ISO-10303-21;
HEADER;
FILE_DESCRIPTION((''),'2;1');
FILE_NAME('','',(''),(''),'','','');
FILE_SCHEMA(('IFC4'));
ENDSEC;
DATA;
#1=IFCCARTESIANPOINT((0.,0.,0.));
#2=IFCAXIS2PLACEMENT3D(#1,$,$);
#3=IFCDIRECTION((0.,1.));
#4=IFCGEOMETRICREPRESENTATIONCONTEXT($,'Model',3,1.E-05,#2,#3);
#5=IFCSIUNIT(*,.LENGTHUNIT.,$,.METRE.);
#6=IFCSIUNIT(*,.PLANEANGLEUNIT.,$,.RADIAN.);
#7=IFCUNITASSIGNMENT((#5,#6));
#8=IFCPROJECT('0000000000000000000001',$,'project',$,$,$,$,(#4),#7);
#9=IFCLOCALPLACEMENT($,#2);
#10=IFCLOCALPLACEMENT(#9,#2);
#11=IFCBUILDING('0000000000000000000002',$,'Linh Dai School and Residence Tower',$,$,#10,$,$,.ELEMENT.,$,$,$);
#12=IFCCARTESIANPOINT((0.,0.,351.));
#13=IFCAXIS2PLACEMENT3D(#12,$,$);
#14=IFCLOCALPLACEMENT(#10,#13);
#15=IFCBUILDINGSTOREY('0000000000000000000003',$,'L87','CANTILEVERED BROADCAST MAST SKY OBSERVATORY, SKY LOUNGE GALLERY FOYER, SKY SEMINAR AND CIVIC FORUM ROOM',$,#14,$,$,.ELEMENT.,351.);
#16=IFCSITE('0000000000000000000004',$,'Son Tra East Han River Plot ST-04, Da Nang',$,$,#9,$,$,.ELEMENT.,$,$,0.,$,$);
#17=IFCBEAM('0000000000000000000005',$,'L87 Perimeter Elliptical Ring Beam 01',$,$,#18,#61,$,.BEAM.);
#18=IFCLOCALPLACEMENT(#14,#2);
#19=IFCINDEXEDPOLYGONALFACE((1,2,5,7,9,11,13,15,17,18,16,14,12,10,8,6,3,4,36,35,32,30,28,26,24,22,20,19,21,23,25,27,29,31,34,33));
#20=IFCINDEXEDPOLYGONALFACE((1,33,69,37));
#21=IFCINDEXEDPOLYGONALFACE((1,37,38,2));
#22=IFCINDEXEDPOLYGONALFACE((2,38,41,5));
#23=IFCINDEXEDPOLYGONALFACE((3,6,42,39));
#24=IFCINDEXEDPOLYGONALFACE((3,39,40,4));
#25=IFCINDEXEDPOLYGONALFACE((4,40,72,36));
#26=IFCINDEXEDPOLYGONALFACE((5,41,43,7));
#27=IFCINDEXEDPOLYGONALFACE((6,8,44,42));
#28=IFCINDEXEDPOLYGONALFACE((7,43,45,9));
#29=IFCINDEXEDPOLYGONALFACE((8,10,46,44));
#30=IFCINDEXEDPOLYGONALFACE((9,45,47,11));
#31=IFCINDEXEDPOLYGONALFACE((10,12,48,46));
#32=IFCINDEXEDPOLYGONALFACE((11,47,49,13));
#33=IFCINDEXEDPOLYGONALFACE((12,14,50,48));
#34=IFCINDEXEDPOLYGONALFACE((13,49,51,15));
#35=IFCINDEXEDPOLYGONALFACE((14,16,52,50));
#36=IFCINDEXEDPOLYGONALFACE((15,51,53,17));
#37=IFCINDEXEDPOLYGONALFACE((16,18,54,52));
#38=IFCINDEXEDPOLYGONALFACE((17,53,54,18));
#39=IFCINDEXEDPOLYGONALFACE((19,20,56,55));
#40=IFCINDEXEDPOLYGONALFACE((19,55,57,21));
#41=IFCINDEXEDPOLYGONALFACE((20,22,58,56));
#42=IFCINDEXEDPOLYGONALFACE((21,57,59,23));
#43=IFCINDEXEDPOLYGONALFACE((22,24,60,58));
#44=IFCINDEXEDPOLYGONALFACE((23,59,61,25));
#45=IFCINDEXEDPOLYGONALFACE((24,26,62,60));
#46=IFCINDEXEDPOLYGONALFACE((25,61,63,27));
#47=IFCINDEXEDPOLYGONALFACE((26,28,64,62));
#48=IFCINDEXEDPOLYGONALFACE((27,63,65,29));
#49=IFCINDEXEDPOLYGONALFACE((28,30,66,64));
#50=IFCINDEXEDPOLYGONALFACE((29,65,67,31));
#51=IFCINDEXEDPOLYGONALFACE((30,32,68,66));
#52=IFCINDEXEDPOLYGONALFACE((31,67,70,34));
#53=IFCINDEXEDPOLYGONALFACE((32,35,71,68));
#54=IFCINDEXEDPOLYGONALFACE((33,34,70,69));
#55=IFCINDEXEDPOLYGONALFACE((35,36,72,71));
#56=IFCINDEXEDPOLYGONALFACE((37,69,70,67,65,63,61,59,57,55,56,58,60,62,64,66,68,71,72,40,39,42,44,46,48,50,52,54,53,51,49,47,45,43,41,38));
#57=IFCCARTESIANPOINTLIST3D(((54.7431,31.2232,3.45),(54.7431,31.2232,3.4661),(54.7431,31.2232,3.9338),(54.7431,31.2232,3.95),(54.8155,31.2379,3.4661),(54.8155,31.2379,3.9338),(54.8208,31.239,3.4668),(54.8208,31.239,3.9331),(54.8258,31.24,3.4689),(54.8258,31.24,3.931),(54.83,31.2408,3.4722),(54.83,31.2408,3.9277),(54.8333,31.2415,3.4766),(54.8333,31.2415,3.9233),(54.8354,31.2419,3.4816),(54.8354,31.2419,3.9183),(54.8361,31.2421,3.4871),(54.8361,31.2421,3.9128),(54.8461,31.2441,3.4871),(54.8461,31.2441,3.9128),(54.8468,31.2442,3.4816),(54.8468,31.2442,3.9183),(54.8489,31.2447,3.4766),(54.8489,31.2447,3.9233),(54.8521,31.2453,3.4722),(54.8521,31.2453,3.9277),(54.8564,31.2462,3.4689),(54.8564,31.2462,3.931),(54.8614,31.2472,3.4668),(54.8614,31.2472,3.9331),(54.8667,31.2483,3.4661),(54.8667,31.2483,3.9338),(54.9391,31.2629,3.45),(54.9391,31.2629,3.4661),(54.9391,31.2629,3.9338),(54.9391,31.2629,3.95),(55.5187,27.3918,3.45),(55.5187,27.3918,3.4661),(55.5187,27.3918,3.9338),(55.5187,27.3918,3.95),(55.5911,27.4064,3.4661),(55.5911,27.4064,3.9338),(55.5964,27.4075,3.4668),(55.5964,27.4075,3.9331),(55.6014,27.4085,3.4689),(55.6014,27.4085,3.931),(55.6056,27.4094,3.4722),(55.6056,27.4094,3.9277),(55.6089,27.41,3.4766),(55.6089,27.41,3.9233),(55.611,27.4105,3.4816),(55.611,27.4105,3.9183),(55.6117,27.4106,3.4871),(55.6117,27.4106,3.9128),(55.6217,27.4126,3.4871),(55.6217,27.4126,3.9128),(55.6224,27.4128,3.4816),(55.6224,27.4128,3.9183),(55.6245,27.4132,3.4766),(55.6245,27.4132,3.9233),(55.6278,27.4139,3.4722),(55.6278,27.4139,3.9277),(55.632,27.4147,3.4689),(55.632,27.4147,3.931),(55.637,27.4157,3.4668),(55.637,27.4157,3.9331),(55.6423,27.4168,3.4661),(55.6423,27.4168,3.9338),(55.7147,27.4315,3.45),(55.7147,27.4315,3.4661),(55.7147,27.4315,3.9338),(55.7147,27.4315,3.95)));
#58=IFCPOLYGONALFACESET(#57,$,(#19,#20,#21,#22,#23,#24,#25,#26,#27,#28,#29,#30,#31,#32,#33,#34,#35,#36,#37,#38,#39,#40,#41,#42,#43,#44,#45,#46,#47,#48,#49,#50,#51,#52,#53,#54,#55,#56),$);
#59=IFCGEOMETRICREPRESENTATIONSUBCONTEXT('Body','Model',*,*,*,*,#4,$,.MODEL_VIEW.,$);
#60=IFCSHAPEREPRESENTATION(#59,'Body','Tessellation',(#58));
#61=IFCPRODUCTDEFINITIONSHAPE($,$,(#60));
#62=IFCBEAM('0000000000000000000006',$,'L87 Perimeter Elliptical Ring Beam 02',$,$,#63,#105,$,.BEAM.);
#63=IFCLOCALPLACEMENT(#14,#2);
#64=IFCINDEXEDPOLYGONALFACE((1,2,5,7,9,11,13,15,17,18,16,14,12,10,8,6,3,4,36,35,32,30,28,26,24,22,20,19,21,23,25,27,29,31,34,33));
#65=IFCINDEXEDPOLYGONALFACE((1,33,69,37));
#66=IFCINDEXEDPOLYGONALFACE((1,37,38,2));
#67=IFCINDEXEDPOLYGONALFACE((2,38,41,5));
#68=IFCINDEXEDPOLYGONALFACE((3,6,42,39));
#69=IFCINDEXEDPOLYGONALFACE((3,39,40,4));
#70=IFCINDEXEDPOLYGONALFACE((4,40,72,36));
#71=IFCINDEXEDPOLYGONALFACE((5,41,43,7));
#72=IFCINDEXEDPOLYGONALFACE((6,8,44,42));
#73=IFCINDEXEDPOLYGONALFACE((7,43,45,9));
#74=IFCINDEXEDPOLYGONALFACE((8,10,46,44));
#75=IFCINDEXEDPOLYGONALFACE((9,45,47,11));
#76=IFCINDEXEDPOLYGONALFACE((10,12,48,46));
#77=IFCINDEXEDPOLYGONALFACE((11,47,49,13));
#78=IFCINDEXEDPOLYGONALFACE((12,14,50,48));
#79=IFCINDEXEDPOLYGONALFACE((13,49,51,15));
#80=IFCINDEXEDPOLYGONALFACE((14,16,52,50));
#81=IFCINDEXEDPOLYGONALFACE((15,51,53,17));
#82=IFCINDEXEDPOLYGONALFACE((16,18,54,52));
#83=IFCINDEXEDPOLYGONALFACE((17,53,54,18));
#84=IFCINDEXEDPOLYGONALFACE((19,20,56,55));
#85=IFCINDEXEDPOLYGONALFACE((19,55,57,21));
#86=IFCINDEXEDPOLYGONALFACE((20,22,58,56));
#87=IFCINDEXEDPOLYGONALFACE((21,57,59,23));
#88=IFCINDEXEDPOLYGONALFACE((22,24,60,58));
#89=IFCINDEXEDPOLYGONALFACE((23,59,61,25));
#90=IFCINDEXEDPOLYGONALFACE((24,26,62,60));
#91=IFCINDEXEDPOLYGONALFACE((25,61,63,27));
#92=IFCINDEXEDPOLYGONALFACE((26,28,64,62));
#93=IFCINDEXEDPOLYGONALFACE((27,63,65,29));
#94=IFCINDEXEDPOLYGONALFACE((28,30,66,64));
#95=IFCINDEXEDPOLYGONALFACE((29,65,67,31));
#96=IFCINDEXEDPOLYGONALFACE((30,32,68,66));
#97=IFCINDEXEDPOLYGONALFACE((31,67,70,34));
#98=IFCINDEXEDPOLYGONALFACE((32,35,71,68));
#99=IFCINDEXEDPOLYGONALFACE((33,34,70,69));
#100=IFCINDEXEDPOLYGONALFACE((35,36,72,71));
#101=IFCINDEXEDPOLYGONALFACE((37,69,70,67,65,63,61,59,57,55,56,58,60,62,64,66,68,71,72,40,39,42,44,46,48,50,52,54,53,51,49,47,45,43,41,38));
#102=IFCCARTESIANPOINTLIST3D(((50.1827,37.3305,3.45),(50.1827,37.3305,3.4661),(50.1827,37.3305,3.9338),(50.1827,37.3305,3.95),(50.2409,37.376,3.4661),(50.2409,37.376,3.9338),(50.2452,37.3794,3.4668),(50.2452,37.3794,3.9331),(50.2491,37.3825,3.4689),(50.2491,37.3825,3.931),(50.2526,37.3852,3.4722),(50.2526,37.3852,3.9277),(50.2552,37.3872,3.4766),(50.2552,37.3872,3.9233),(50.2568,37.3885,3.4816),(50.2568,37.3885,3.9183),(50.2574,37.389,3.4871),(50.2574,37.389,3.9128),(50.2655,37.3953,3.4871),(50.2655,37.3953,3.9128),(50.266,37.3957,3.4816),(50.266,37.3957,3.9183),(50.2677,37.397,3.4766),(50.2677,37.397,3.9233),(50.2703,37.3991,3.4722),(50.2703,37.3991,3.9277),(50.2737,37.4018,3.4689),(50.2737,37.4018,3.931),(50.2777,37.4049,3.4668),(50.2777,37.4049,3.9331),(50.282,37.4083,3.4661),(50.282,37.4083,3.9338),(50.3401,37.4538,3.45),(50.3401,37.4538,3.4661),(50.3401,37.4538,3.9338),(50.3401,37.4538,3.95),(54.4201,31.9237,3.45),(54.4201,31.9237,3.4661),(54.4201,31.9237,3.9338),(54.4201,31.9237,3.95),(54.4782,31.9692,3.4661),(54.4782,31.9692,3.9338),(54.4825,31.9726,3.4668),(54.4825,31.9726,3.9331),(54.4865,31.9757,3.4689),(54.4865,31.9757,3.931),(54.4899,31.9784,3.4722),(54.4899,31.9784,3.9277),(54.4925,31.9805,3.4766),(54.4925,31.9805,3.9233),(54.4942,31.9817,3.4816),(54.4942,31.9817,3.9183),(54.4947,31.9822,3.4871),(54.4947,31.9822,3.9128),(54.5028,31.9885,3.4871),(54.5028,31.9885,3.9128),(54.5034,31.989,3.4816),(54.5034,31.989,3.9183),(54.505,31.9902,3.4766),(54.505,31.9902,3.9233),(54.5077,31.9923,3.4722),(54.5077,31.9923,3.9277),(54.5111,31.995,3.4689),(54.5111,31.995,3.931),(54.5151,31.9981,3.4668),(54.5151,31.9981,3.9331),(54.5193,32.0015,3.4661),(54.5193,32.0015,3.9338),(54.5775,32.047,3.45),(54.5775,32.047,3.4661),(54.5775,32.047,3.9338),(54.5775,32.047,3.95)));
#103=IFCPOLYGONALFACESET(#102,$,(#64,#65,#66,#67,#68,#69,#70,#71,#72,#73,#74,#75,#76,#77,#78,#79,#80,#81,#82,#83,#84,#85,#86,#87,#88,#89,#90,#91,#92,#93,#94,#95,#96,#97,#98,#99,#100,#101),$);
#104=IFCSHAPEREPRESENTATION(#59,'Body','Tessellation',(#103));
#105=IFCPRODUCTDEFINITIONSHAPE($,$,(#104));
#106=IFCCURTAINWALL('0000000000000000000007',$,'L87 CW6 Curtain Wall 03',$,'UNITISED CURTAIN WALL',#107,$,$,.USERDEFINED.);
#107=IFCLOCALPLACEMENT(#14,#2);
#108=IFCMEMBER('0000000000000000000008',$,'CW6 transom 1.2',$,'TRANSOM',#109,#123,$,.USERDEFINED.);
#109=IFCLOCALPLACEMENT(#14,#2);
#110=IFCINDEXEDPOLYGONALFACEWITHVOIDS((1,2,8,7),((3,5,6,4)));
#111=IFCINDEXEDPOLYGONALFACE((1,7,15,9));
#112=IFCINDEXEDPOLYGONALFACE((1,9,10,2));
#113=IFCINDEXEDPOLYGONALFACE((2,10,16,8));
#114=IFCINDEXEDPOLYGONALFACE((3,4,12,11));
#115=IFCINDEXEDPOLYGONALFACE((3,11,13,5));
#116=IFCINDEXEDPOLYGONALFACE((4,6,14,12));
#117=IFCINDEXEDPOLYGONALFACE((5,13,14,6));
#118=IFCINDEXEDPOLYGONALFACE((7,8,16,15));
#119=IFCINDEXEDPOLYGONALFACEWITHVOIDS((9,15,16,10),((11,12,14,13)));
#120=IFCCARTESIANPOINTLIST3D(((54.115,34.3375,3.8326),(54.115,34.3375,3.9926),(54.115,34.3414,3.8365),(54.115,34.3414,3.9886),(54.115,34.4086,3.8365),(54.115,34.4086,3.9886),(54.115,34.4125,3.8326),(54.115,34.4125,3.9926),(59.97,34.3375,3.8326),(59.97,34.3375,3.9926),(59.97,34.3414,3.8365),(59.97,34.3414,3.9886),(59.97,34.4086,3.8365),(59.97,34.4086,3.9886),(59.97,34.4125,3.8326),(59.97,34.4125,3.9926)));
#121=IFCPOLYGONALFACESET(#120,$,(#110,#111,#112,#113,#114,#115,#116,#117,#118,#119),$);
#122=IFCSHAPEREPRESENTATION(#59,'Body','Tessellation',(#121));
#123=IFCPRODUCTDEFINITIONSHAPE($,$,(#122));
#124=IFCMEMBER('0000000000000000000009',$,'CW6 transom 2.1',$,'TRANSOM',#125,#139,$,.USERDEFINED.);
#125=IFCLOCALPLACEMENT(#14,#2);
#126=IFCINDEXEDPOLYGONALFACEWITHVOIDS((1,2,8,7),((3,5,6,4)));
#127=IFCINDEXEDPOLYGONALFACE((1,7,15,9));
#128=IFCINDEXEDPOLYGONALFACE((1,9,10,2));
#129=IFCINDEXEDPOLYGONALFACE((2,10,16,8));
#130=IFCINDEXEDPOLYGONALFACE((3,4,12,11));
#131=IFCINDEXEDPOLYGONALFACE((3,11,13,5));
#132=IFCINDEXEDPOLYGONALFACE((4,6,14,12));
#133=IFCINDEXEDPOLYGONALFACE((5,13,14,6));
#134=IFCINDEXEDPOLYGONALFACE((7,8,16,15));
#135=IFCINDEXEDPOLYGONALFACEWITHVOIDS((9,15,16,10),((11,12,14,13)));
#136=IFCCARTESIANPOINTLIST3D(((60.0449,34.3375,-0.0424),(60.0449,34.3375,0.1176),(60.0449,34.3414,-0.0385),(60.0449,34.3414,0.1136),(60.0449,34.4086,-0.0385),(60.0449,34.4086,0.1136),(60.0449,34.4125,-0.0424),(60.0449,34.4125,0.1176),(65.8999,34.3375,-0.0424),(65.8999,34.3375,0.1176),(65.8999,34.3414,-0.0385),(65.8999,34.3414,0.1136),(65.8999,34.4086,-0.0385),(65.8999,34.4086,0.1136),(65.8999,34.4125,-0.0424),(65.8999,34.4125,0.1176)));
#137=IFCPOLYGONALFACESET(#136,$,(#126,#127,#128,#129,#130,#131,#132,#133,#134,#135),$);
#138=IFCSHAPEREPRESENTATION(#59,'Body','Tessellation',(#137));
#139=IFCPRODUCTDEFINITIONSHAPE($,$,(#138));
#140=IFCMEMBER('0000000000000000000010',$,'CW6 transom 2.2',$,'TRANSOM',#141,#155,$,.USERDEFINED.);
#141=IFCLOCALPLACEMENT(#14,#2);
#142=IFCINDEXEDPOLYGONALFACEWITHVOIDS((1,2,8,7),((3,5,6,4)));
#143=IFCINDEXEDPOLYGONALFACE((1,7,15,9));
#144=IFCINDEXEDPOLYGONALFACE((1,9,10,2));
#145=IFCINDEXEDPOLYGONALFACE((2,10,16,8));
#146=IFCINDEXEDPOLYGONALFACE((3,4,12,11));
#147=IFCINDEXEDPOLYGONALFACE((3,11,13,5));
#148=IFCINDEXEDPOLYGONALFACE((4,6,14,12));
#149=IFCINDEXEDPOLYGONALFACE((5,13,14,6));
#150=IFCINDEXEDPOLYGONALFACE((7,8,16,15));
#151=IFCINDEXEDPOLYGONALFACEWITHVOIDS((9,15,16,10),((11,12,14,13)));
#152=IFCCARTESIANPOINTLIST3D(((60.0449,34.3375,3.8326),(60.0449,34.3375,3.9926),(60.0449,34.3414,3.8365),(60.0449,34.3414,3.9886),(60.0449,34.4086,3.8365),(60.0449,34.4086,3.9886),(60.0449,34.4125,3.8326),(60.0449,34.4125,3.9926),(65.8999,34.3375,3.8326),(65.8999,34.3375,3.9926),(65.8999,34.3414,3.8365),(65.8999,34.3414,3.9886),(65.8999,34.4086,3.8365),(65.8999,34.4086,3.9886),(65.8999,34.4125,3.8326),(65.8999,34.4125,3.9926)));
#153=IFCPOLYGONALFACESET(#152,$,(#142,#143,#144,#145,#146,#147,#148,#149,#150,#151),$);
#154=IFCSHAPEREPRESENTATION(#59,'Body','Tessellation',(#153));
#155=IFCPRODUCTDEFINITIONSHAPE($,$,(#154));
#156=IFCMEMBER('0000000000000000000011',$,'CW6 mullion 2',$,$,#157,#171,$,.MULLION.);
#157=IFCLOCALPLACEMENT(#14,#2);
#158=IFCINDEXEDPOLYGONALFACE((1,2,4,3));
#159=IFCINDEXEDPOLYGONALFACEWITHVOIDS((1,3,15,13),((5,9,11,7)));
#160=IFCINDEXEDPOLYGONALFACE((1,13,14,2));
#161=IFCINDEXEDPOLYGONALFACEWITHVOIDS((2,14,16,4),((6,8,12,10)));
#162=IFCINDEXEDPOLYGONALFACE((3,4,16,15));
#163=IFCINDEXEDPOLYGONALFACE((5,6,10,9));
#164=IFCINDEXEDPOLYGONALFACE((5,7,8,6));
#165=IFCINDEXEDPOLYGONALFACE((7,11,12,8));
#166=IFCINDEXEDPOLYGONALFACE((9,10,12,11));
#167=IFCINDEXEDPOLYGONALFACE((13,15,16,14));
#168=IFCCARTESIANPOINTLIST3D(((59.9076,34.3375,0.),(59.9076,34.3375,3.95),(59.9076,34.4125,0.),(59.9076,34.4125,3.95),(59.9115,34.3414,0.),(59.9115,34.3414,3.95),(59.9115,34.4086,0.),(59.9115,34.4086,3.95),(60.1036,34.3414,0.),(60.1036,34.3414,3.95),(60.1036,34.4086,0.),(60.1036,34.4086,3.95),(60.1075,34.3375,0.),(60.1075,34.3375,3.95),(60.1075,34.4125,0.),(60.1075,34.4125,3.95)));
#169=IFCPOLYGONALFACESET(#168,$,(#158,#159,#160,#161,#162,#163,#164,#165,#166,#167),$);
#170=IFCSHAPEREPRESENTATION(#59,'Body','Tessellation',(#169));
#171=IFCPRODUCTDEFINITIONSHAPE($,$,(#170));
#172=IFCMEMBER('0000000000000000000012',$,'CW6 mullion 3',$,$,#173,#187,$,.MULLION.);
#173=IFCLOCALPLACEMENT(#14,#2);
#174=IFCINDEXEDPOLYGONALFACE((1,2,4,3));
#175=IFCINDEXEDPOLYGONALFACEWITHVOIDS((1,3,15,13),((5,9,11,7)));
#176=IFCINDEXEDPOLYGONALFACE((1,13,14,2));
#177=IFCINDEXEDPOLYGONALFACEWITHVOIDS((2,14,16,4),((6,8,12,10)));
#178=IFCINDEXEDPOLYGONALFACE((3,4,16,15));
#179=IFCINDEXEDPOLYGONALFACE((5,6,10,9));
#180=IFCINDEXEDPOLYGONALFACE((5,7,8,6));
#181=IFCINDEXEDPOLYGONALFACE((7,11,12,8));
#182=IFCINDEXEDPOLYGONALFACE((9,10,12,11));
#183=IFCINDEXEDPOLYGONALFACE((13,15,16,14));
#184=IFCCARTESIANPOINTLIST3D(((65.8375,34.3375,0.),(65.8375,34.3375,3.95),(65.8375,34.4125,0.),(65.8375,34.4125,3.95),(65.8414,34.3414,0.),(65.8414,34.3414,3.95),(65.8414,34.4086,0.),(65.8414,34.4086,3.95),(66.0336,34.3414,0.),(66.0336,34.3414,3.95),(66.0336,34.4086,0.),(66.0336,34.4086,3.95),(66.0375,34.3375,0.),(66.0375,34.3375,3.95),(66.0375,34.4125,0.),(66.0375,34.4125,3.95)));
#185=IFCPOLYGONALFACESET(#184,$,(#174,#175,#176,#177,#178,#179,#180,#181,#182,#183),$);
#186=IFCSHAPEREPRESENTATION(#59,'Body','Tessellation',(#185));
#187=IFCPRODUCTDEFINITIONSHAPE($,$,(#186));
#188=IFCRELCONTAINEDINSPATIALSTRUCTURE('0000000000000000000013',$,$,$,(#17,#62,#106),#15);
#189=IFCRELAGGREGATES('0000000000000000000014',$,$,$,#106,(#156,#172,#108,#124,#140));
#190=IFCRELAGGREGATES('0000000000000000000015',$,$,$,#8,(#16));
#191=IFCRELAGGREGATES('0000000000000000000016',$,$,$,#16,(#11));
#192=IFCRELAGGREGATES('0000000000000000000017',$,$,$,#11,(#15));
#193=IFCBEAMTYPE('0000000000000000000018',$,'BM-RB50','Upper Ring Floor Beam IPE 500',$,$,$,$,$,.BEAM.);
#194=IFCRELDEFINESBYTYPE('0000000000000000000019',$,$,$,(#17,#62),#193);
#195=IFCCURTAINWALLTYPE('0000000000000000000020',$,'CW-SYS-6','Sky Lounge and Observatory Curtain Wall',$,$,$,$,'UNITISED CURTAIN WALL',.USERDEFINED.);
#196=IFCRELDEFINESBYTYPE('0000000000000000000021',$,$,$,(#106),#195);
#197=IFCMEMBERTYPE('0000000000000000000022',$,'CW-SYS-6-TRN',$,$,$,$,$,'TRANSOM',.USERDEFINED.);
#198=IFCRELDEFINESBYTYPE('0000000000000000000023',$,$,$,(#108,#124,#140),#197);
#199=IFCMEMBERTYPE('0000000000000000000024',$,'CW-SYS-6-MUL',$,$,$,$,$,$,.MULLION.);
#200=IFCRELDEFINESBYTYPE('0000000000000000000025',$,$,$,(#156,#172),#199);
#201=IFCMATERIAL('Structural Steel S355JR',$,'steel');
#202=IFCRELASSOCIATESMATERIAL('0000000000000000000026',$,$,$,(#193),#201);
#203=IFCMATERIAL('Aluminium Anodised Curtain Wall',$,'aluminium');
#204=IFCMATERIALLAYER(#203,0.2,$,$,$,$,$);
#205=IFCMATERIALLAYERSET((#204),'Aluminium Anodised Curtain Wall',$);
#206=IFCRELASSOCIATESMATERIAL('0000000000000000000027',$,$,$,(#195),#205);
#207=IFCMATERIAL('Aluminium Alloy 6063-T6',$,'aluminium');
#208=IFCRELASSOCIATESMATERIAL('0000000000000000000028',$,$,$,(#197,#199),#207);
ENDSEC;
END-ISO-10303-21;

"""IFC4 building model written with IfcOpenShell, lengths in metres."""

from ifc_helpers import new_model, si_unit, direction, frame, origin, origin_2d, place, context, subcontext, project, spatial, hollow_rectangle, i_section, extrude, source, transform, mapped, material, layer, layer_set, material_profile, profile_set, type_object, element, aggregate, save


model = new_model("IFC4")

# Units and contexts
model_context = context("Model", 3, precision=1e-05, world=origin(), true_north=direction((0.0, 1.0)))
body_context = subcontext(model_context, "Body", "Model", "MODEL_VIEW")
ifc_project = project(units=[si_unit("LENGTHUNIT", "METRE"), si_unit("PLANEANGLEUNIT", "RADIAN")], contexts=[model_context])

# Site, building, storey
site_placement = place(None, origin())
site = spatial("IfcSite", under=ifc_project, at=site_placement, Name="Son Tra East Han River Plot ST-04, Da Nang", CompositionType="ELEMENT", RefElevation=0.0)
building_placement = place(site_placement, origin())
building = spatial("IfcBuilding", under=site, at=building_placement, Name="Linh Dai School and Residence Tower", CompositionType="ELEMENT")
storey_placement = place(building_placement, frame((0.0, 0.0, 351.0)))
storey = spatial("IfcBuildingStorey", under=building, at=storey_placement, Name="L87", Description="CANTILEVERED BROADCAST MAST SKY OBSERVATORY, SKY LOUNGE GALLERY FOYER, SKY SEMINAR AND CIVIC FORUM ROOM", CompositionType="ELEMENT", Elevation=351.0)

# Shared definitions
ifc_material_1 = material(Name="Structural Steel S355JR", Category="steel")

# Beams
ifc_material_profile_1 = material_profile(ifc_material_1, i_section(OverallWidth=0.2, OverallDepth=0.5, WebThickness=0.0103, FlangeThickness=0.0161, FilletRadius=0.021, at=origin_2d()), Name="IPE 500")
ifc_profile_set_1 = profile_set([ifc_material_profile_1], Name="Structural Steel S355JR")
beam_type_1 = type_object("IfcBeamType", Name="BM-RB50", Description="Upper Ring Floor Beam IPE 500", PredefinedType="BEAM", material=ifc_profile_set_1)
beam_1_placement = place(storey_placement, frame((55.6167, 27.4116, 3.7), z_axis=(-0.19841, 0.980119, 0.0), x_axis=(-0.980119, -0.19841, 0.0)))
element("IfcBeam", 1, at=beam_1_placement, inside=storey, type_object=beam_type_1, Name="L87 Perimeter Elliptical Ring Beam 01", PredefinedType="BEAM", context=body_context, shape_type="SweptSolid", body=[
    extrude(i_section(OverallWidth=0.2, OverallDepth=0.5, WebThickness=0.0103, FlangeThickness=0.0161, FilletRadius=0.021, at=origin_2d()), origin(), (0.0, 0.0, 1.0), 3.9092),
])
beam_2_placement = place(storey_placement, frame((54.4988, 31.9854, 3.7), z_axis=(-0.616845, 0.787085, 0.0), x_axis=(-0.787085, -0.616845, 0.0)))
element("IfcBeam", 2, at=beam_2_placement, inside=storey, type_object=beam_type_1, Name="L87 Perimeter Elliptical Ring Beam 02", PredefinedType="BEAM", context=body_context, shape_type="SweptSolid", body=[
    extrude(i_section(OverallWidth=0.2, OverallDepth=0.5, WebThickness=0.0103, FlangeThickness=0.0161, FilletRadius=0.021, at=origin_2d()), origin(), (0.0, 0.0, 1.0), 6.8694),
])

# Curtain wall, members
ifc_material_2 = material(Name="Aluminium Anodised Curtain Wall", Category="aluminium")
ifc_layer_1 = layer(ifc_material_2, 0.2)
ifc_layer_set_1 = layer_set([ifc_layer_1], Name="Aluminium Anodised Curtain Wall")
curtain_wall_type = type_object("IfcCurtainWallType", Name="CW-SYS-6", Description="Sky Lounge and Observatory Curtain Wall", ElementType="UNITISED CURTAIN WALL", PredefinedType="USERDEFINED", material=ifc_layer_set_1)
curtain_wall_placement = place(storey_placement, origin())
curtain_wall = element("IfcCurtainWall", 3, at=curtain_wall_placement, inside=storey, type_object=curtain_wall_type, Name="L87 CW6 Curtain Wall 03", ObjectType="UNITISED CURTAIN WALL", PredefinedType="USERDEFINED")
ifc_material_3 = material(Name="Aluminium Alloy 6063-T6", Category="aluminium")
ifc_material_profile_2 = material_profile(ifc_material_3, hollow_rectangle(XDim=0.075, YDim=0.1599, WallThickness=0.0039, at=origin_2d()), Name="RHS 160x75x4")
ifc_profile_set_2 = profile_set([ifc_material_profile_2], Name="Aluminium Alloy 6063-T6")
member_type_1 = type_object("IfcMemberType", Name="CW-SYS-6-TRN", ElementType="TRANSOM", PredefinedType="USERDEFINED", material=ifc_profile_set_2)
shared_shape_1 = source(origin(), body_context, "Body", "SweptSolid", [
    extrude(hollow_rectangle(XDim=0.075, YDim=0.1599, WallThickness=0.0039, at=origin_2d()), origin(), (0.0, 0.0, 1.0), 5.855),
])
member_1_placement = place(storey_placement, frame((54.115, 34.375, 3.9126), z_axis=(1.0, 0.0, 0.0), x_axis=(0.0, 1.0, 0.0)))
member_1 = element("IfcMember", 4, at=member_1_placement, type_object=member_type_1, Name="CW6 transom 1.2", ObjectType="TRANSOM", PredefinedType="USERDEFINED", context=body_context, shape_type="MappedRepresentation", body=[
    mapped(shared_shape_1, transform((0.0, 0.0, 0.0), x_axis=(1.0, 0.0, 0.0), y_axis=(0.0, 1.0, 0.0), z_axis=(0.0, 0.0, 1.0), scale=1.0)),
])
member_2_placement = place(storey_placement, frame((60.0449, 34.375, 0.0376), z_axis=(1.0, 0.0, 0.0), x_axis=(0.0, 1.0, 0.0)))
member_2 = element("IfcMember", 5, at=member_2_placement, type_object=member_type_1, Name="CW6 transom 2.1", ObjectType="TRANSOM", PredefinedType="USERDEFINED", context=body_context, shape_type="MappedRepresentation", body=[
    mapped(shared_shape_1, transform((0.0, 0.0, 0.0), x_axis=(1.0, 0.0, 0.0), y_axis=(0.0, 1.0, 0.0), z_axis=(0.0, 0.0, 1.0), scale=1.0)),
])
member_3_placement = place(storey_placement, frame((60.0449, 34.375, 3.9126), z_axis=(1.0, 0.0, 0.0), x_axis=(0.0, 1.0, 0.0)))
member_3 = element("IfcMember", 6, at=member_3_placement, type_object=member_type_1, Name="CW6 transom 2.2", ObjectType="TRANSOM", PredefinedType="USERDEFINED", context=body_context, shape_type="MappedRepresentation", body=[
    mapped(shared_shape_1, transform((0.0, 0.0, 0.0), x_axis=(1.0, 0.0, 0.0), y_axis=(0.0, 1.0, 0.0), z_axis=(0.0, 0.0, 1.0), scale=1.0)),
])
ifc_material_profile_3 = material_profile(ifc_material_3, hollow_rectangle(XDim=0.075, YDim=0.2, WallThickness=0.0039, at=origin_2d()), Name="RHS 200x75x4")
ifc_profile_set_3 = profile_set([ifc_material_profile_3], Name="Aluminium Alloy 6063-T6")
member_type_2 = type_object("IfcMemberType", Name="CW-SYS-6-MUL", PredefinedType="MULLION", material=ifc_profile_set_3)
shared_shape_2 = source(origin(), body_context, "Body", "SweptSolid", [
    extrude(hollow_rectangle(XDim=0.075, YDim=0.2, WallThickness=0.0039, at=origin_2d()), origin(), (0.0, 0.0, 1.0), 3.95),
])
member_4_placement = place(storey_placement, frame((60.0076, 34.375, 0.0), z_axis=(0.0, 0.0, 1.0), x_axis=(0.0, 1.0, 0.0)))
member_4 = element("IfcMember", 7, at=member_4_placement, type_object=member_type_2, Name="CW6 mullion 2", PredefinedType="MULLION", context=body_context, shape_type="MappedRepresentation", body=[
    mapped(shared_shape_2, transform((0.0, 0.0, 0.0), x_axis=(1.0, 0.0, 0.0), y_axis=(0.0, 1.0, 0.0), z_axis=(0.0, 0.0, 1.0), scale=1.0)),
])
member_5_placement = place(storey_placement, frame((65.9375, 34.375, 0.0), z_axis=(0.0, 0.0, 1.0), x_axis=(0.0, 1.0, 0.0)))
member_5 = element("IfcMember", 8, at=member_5_placement, type_object=member_type_2, Name="CW6 mullion 3", PredefinedType="MULLION", context=body_context, shape_type="MappedRepresentation", body=[
    mapped(shared_shape_2, transform((0.0, 0.0, 0.0), x_axis=(1.0, 0.0, 0.0), y_axis=(0.0, 1.0, 0.0), z_axis=(0.0, 0.0, 1.0), scale=1.0)),
])

aggregate(curtain_wall, [member_4, member_5, member_1, member_2, member_3])

save(model, "model.ifc")
